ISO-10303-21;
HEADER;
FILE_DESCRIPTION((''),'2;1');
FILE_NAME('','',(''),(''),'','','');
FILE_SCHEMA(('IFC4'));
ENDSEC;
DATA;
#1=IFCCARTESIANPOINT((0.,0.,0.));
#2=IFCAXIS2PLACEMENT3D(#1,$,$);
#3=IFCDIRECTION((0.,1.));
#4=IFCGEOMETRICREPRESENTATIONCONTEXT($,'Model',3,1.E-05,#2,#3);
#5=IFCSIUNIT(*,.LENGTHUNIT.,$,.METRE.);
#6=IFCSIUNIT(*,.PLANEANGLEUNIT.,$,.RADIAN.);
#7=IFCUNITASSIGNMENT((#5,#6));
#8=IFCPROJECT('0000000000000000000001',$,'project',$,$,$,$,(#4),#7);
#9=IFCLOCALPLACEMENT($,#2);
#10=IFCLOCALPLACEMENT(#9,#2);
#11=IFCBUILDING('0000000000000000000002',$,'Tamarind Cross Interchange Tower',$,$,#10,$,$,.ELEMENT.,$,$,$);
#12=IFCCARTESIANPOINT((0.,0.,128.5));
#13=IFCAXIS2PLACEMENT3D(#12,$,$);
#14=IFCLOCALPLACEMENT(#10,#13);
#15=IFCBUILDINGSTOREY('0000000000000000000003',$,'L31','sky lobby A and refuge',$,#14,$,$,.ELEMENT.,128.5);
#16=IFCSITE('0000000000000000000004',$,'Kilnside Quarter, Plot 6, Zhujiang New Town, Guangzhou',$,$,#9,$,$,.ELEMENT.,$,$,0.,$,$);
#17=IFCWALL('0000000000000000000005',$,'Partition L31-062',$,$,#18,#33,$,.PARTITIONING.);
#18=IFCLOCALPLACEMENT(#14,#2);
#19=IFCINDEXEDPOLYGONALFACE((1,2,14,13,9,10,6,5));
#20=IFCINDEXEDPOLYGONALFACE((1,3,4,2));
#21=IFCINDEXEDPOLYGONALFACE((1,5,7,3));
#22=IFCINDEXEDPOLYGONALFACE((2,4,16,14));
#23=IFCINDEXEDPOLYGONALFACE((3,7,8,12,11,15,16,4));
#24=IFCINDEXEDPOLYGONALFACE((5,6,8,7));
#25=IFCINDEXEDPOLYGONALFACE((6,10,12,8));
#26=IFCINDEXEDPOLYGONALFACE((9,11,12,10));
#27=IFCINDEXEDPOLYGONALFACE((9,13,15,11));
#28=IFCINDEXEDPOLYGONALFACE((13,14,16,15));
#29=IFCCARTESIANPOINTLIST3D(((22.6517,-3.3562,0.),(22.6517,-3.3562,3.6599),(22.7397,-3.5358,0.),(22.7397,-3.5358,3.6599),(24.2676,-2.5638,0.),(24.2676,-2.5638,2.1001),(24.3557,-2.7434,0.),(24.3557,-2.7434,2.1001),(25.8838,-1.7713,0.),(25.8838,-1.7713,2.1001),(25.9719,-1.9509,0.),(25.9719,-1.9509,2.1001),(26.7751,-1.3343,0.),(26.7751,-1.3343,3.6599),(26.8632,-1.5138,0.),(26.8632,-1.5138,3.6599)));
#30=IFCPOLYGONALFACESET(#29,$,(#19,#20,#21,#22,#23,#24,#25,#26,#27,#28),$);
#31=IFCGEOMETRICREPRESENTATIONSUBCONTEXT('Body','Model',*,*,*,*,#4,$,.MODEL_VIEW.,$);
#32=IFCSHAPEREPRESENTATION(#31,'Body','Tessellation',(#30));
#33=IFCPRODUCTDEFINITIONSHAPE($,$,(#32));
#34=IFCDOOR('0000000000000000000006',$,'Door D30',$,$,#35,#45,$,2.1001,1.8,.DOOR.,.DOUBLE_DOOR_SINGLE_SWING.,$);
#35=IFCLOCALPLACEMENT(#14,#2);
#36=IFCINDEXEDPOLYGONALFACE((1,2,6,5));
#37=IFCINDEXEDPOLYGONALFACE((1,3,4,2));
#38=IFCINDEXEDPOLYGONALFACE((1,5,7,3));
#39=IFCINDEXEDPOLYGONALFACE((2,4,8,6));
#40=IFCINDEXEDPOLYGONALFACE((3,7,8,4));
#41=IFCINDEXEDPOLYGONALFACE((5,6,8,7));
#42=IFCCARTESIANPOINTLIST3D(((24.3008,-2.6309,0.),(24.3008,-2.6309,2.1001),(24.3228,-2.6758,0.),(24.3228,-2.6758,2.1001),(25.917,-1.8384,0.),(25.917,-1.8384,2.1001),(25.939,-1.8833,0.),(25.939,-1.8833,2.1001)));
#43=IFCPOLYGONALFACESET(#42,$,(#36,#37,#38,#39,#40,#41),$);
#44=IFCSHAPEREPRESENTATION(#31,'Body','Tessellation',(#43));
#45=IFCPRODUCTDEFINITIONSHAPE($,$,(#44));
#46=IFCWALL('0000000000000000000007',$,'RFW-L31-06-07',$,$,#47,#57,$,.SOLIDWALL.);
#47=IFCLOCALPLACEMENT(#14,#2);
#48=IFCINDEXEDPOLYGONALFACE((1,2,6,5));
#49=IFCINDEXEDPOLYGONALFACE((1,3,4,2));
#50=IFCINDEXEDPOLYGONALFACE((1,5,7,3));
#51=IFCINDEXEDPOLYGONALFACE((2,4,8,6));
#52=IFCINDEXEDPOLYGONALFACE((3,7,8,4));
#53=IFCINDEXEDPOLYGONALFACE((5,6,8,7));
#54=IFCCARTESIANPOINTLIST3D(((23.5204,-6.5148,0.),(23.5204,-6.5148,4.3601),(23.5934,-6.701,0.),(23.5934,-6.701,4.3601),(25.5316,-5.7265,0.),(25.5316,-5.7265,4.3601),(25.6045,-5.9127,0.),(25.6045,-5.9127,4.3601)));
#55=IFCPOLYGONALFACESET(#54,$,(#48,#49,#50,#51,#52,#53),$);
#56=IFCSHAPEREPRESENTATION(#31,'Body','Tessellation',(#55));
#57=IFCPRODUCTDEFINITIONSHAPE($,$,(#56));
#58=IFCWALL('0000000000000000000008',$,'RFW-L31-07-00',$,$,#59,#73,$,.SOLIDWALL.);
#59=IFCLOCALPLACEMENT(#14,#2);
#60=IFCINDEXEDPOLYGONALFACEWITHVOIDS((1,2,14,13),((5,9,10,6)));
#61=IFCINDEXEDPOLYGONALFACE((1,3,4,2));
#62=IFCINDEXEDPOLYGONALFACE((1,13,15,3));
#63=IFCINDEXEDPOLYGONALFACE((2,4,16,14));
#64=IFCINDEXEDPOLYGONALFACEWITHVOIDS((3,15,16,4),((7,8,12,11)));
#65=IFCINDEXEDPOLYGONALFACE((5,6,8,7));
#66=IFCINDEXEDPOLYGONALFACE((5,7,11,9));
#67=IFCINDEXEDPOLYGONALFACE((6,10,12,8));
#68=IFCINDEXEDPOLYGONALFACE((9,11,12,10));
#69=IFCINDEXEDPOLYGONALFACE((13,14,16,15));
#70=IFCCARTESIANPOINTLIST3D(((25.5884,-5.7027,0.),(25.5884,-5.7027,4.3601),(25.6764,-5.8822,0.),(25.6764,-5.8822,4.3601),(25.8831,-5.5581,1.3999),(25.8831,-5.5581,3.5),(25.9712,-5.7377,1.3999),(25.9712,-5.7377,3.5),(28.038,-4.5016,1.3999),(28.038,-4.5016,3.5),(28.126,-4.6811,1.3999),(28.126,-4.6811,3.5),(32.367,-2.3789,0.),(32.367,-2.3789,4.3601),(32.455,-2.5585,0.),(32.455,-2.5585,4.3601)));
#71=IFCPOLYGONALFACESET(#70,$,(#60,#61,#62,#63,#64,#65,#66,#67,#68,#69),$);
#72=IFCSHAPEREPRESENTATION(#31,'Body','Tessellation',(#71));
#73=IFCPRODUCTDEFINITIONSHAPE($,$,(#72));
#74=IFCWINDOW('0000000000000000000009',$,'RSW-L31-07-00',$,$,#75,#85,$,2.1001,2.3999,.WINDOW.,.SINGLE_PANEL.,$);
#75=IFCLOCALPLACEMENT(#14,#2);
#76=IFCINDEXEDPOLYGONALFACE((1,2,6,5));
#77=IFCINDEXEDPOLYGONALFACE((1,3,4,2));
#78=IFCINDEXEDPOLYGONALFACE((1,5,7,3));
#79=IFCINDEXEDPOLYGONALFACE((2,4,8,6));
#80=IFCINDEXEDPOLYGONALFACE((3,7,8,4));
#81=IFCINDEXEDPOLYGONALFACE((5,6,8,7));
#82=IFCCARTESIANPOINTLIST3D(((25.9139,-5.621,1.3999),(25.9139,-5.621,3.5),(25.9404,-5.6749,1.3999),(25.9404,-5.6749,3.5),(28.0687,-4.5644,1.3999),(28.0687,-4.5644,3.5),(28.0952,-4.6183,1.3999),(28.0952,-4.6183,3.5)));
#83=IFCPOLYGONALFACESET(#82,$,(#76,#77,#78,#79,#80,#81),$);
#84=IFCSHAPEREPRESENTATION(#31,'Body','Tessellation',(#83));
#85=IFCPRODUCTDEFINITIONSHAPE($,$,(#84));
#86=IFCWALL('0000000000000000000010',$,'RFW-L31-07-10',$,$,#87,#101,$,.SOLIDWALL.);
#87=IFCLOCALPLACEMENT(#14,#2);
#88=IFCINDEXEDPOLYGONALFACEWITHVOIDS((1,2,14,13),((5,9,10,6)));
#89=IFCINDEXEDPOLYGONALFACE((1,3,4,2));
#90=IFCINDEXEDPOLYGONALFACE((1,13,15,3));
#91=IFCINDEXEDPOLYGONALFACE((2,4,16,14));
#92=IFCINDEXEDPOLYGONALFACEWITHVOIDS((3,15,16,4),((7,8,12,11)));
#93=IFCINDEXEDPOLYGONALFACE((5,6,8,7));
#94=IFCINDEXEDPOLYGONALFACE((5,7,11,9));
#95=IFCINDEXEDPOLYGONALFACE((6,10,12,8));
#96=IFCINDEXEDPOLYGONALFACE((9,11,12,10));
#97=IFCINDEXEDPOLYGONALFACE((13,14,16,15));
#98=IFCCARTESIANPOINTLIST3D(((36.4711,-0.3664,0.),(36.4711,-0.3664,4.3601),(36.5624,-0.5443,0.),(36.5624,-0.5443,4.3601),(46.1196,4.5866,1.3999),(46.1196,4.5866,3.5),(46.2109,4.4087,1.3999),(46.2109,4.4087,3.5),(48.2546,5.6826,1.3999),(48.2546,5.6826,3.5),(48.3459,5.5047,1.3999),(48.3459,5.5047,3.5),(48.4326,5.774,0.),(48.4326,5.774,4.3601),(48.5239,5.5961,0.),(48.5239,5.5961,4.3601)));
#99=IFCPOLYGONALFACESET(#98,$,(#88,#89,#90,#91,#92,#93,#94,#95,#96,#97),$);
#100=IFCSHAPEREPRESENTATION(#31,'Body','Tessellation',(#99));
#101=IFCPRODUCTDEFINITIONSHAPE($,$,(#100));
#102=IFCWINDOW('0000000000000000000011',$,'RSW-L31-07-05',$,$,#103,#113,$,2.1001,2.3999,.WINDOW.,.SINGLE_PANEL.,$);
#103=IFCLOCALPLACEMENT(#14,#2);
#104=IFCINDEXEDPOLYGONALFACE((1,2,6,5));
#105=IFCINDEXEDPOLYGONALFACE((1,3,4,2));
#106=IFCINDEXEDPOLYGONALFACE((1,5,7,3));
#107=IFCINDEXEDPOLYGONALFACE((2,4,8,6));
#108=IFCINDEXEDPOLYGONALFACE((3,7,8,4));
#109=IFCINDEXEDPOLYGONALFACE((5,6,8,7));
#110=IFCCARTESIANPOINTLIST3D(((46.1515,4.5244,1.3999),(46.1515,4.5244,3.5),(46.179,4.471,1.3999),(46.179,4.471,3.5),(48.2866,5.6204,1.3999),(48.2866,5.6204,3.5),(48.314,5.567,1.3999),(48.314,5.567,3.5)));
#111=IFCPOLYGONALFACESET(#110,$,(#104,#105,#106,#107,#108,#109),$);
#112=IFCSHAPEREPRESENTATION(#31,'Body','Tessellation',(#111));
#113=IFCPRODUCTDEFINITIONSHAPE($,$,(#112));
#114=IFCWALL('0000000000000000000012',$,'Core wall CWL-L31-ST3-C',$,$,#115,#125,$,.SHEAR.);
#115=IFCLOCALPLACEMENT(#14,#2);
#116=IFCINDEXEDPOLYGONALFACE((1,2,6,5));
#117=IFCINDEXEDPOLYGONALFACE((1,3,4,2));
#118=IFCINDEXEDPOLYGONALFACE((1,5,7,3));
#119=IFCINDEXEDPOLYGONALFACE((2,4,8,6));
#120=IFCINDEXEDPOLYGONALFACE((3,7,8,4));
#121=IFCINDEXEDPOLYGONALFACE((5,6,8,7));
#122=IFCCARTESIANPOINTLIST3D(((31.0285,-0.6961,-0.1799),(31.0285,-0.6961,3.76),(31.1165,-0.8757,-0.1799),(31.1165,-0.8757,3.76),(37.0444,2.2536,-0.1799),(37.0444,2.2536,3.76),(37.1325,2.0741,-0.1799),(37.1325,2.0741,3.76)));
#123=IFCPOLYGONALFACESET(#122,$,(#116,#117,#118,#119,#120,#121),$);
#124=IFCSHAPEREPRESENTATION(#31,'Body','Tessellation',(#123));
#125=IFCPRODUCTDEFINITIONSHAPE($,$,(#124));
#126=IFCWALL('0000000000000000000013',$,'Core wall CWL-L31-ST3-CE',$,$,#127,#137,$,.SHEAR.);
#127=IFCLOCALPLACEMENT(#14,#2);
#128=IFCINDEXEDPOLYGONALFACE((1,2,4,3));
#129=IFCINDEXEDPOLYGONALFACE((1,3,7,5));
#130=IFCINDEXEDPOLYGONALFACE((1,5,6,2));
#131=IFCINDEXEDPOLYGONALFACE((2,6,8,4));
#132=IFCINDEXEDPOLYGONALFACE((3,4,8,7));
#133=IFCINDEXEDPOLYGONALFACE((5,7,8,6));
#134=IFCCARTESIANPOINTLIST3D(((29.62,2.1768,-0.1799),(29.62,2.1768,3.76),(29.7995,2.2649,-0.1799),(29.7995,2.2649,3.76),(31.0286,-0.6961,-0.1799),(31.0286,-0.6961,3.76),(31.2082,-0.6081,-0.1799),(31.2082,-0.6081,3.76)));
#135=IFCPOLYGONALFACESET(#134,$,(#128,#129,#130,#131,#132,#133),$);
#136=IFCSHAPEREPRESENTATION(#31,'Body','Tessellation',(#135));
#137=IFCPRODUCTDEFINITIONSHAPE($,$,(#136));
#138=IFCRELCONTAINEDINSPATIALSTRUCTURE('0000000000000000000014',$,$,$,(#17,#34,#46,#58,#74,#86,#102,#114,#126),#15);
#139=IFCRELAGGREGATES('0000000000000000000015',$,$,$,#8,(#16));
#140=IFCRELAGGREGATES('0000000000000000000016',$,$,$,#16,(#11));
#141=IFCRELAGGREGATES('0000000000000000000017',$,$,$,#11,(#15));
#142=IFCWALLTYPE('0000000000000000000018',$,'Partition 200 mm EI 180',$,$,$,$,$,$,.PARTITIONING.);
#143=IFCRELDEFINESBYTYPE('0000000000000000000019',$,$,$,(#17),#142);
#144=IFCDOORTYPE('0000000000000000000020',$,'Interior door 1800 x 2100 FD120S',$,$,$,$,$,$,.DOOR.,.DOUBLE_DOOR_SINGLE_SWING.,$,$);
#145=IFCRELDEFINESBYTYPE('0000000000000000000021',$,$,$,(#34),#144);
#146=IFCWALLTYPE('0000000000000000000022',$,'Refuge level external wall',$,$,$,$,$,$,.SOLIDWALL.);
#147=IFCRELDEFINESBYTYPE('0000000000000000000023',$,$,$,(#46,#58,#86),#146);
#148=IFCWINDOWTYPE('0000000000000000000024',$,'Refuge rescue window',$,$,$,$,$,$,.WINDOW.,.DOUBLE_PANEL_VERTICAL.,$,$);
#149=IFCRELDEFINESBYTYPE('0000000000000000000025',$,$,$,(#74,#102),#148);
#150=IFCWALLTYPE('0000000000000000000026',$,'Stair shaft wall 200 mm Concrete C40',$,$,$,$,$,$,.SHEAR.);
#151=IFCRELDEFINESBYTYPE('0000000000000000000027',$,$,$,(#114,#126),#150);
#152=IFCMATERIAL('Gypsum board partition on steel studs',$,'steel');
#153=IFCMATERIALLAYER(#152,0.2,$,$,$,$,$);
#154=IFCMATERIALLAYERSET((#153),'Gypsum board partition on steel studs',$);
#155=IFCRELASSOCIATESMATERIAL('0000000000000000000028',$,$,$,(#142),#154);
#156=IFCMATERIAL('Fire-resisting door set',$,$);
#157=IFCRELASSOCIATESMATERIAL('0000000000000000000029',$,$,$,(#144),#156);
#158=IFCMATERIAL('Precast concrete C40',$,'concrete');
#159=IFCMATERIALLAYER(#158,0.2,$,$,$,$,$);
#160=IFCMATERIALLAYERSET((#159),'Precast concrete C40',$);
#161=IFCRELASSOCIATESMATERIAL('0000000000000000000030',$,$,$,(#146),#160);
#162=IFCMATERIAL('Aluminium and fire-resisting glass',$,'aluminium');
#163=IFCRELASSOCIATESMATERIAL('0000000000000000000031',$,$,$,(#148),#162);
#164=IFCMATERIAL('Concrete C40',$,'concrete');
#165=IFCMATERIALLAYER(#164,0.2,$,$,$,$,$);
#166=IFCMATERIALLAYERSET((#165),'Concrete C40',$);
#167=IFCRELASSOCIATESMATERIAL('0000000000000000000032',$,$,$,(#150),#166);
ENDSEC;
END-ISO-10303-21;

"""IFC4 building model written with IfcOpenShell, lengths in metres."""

from ifc_helpers import new_model, si_unit, direction, frame, frame_2d, origin, place, context, subcontext, project, spatial, rectangle, extrude, material, layer, layer_set, type_object, element, fill, save


model = new_model("IFC4")

# Units and contexts
model_context = context("Model", 3, precision=1e-05, world=origin(), true_north=direction((0.0, 1.0)))
body_context = subcontext(model_context, "Body", "Model", "MODEL_VIEW")
ifc_project = project(units=[si_unit("LENGTHUNIT", "METRE"), si_unit("PLANEANGLEUNIT", "RADIAN")], contexts=[model_context])

# Site, building, storey
site_placement = place(None, origin())
site = spatial("IfcSite", under=ifc_project, at=site_placement, Name="Kilnside Quarter, Plot 6, Zhujiang New Town, Guangzhou", CompositionType="ELEMENT", RefElevation=0.0)
building_placement = place(site_placement, origin())
building = spatial("IfcBuilding", under=site, at=building_placement, Name="Tamarind Cross Interchange Tower", CompositionType="ELEMENT")
storey_placement = place(building_placement, frame((0.0, 0.0, 128.5)))
storey = spatial("IfcBuildingStorey", under=building, at=storey_placement, Name="L31", Description="sky lobby A and refuge", CompositionType="ELEMENT", Elevation=128.5)

# Wall, opening, door
ifc_material_1 = material(Name="Gypsum board partition on steel studs", Category="steel")
ifc_layer_1 = layer(ifc_material_1, 0.2)
ifc_layer_set_1 = layer_set([ifc_layer_1], Name="Gypsum board partition on steel studs")
wall_type_1 = type_object("IfcWallType", Name="Partition 200 mm EI 180", PredefinedType="PARTITIONING", material=ifc_layer_set_1)
wall_1_placement = place(storey_placement, frame((22.6956, -3.446, 0.0), z_axis=(0.0, 0.0, 1.0), x_axis=(0.897866, 0.440268, 0.0)))
wall_1 = element("IfcWall", 1, at=wall_1_placement, inside=storey, type_object=wall_type_1, Name="Partition L31-062", PredefinedType="PARTITIONING", context=body_context, shape_type="SweptSolid", body=[
    extrude(rectangle(XDim=4.5925, YDim=0.2, at=frame_2d((2.2964, 0.0))), origin(), (0.0, 0.0, 1.0), 3.6599),
])
opening_1_placement = place(wall_1_placement, frame((1.8, 0.0, 0.0)))
opening_1 = element("IfcOpeningElement", 2, at=opening_1_placement, cuts=wall_1, PredefinedType="OPENING", context=body_context, shape_type="SweptSolid", body=[
    extrude(rectangle(XDim=1.8, YDim=2.1001, at=frame_2d((0.8999, 1.05))), frame((0.0, 0.1099, 0.0), z_axis=(0.0, -1.0, 0.0), x_axis=(1.0, 0.0, 0.0)), (0.0, 0.0, 1.0), 0.22),
])
ifc_material_2 = material(Name="Fire-resisting door set")
door_type = type_object("IfcDoorType", Name="Interior door 1800 x 2100 FD120S", OperationType="DOUBLE_DOOR_SINGLE_SWING", PredefinedType="DOOR", material=ifc_material_2)
door_placement = place(opening_1_placement, frame((1.8, 0.0, 0.0), z_axis=(0.0, 0.0, 1.0), x_axis=(-1.0, 0.0, 0.0)))
door = element("IfcDoor", 3, at=door_placement, inside=storey, type_object=door_type, Name="Door D30", OperationType="DOUBLE_DOOR_SINGLE_SWING", OverallHeight=2.1001, OverallWidth=1.8, PredefinedType="DOOR", context=body_context, shape_type="SweptSolid", body=[
    extrude(rectangle(XDim=1.8, YDim=2.1001, at=frame_2d((0.8999, 1.05))), frame((0.0, 0.0249, 0.0), z_axis=(0.0, -1.0, 0.0), x_axis=(1.0, 0.0, 0.0)), (0.0, 0.0, 1.0), 0.05),
])
fill(opening_1, door)

# Wall
ifc_material_3 = material(Name="Precast concrete C40", Category="concrete")
ifc_layer_2 = layer(ifc_material_3, 0.2)
ifc_layer_set_2 = layer_set([ifc_layer_2], Name="Precast concrete C40")
wall_type_2 = type_object("IfcWallType", Name="Refuge level external wall", PredefinedType="SOLIDWALL", material=ifc_layer_set_2)
wall_2_placement = place(storey_placement, frame((23.5569, -6.6079, 0.0), z_axis=(0.0, 0.0, 1.0), x_axis=(0.931034, 0.364932, 0.0)))
element("IfcWall", 4, at=wall_2_placement, inside=storey, type_object=wall_type_2, Name="RFW-L31-06-07", PredefinedType="SOLIDWALL", context=body_context, shape_type="SweptSolid", body=[
    extrude(rectangle(XDim=2.1602, YDim=0.2, at=frame_2d((1.0801, 0.0))), origin(), (0.0, 0.0, 1.0), 4.3601),
])

# Walls, openings, windows
wall_3_placement = place(storey_placement, frame((25.6323, -5.7925, 0.0), z_axis=(0.0, 0.0, 1.0), x_axis=(0.897873, 0.440254, 0.0)))
wall_3 = element("IfcWall", 5, at=wall_3_placement, inside=storey, type_object=wall_type_2, Name="RFW-L31-07-00", PredefinedType="SOLIDWALL", context=body_context, shape_type="SweptSolid", body=[
    extrude(rectangle(XDim=7.5496, YDim=0.2, at=frame_2d((3.7749, 0.0))), origin(), (0.0, 0.0, 1.0), 4.3601),
])
opening_2_placement = place(wall_3_placement, frame((0.3284, 0.0, 1.3999)))
opening_2 = element("IfcOpeningElement", 6, at=opening_2_placement, cuts=wall_3, PredefinedType="OPENING", context=body_context, shape_type="SweptSolid", body=[
    extrude(rectangle(XDim=2.3999, YDim=2.1001, at=frame_2d((1.2, 1.05))), frame((0.0, 0.1099, 0.0), z_axis=(0.0, -1.0, 0.0), x_axis=(1.0, 0.0, 0.0)), (0.0, 0.0, 1.0), 0.22),
])
ifc_material_4 = material(Name="Aluminium and fire-resisting glass", Category="aluminium")
window_type = type_object("IfcWindowType", Name="Refuge rescue window", PartitioningType="DOUBLE_PANEL_VERTICAL", PredefinedType="WINDOW", material=ifc_material_4)
window_1_placement = place(opening_2_placement, origin())
window_1 = element("IfcWindow", 7, at=window_1_placement, inside=storey, type_object=window_type, Name="RSW-L31-07-00", OverallHeight=2.1001, OverallWidth=2.3999, PartitioningType="SINGLE_PANEL", PredefinedType="WINDOW", context=body_context, shape_type="SweptSolid", body=[
    extrude(rectangle(XDim=2.3999, YDim=2.1001, at=frame_2d((1.2, 1.05))), frame((0.0, 0.03, 0.0), z_axis=(0.0, -1.0, 0.0), x_axis=(1.0, 0.0, 0.0)), (0.0, 0.0, 1.0), 0.0601),
])
fill(opening_2, window_1)
wall_4_placement = place(storey_placement, frame((36.5168, -0.4553, 0.0), z_axis=(0.0, 0.0, 1.0), x_axis=(0.889627, 0.456689, 0.0)))
wall_4 = element("IfcWall", 8, at=wall_4_placement, inside=storey, type_object=wall_type_2, Name="RFW-L31-07-10", PredefinedType="SOLIDWALL", context=body_context, shape_type="SweptSolid", body=[
    extrude(rectangle(XDim=13.4456, YDim=0.2, at=frame_2d((6.7227, 0.0))), origin(), (0.0, 0.0, 1.0), 4.3601),
])
opening_3_placement = place(wall_4_placement, frame((10.8455, 0.0, 1.3999)))
opening_3 = element("IfcOpeningElement", 9, at=opening_3_placement, cuts=wall_4, PredefinedType="OPENING", context=body_context, shape_type="SweptSolid", body=[
    extrude(rectangle(XDim=2.3999, YDim=2.1001, at=frame_2d((1.2, 1.05))), frame((0.0, 0.1099, 0.0), z_axis=(0.0, -1.0, 0.0), x_axis=(1.0, 0.0, 0.0)), (0.0, 0.0, 1.0), 0.22),
])
window_2_placement = place(opening_3_placement, origin())
window_2 = element("IfcWindow", 10, at=window_2_placement, inside=storey, type_object=window_type, Name="RSW-L31-07-05", OverallHeight=2.1001, OverallWidth=2.3999, PartitioningType="SINGLE_PANEL", PredefinedType="WINDOW", context=body_context, shape_type="SweptSolid", body=[
    extrude(rectangle(XDim=2.3999, YDim=2.1001, at=frame_2d((1.2, 1.05))), frame((0.0, 0.03, 0.0), z_axis=(0.0, -1.0, 0.0), x_axis=(1.0, 0.0, 0.0)), (0.0, 0.0, 1.0), 0.0601),
])
fill(opening_3, window_2)

# Walls
ifc_material_5 = material(Name="Concrete C40", Category="concrete")
ifc_layer_3 = layer(ifc_material_5, 0.2)
ifc_layer_set_3 = layer_set([ifc_layer_3], Name="Concrete C40")
wall_type_3 = type_object("IfcWallType", Name="Stair shaft wall 200 mm Concrete C40", PredefinedType="SHEAR", material=ifc_layer_set_3)
wall_5_placement = place(storey_placement, frame((31.0725, -0.7859, -0.1799), z_axis=(0.0, 0.0, 1.0), x_axis=(0.897876, 0.440248, 0.0)))
element("IfcWall", 11, at=wall_5_placement, inside=storey, type_object=wall_type_3, Name="Core wall CWL-L31-ST3-C", PredefinedType="SHEAR", context=body_context, shape_type="SweptSolid", body=[
    extrude(rectangle(XDim=6.7002, YDim=0.2, at=frame_2d((3.3501, 0.0))), origin(), (0.0, 0.0, 1.0), 3.9399),
])
wall_6_placement = place(storey_placement, frame((31.1184, -0.6521, -0.1799), z_axis=(0.0, 0.0, 1.0), x_axis=(-0.440242, 0.897879, 0.0)))
element("IfcWall", 12, at=wall_6_placement, inside=storey, type_object=wall_type_3, Name="Core wall CWL-L31-ST3-CE", PredefinedType="SHEAR", context=body_context, shape_type="SweptSolid", body=[
    extrude(rectangle(XDim=3.1997, YDim=0.2, at=frame_2d((1.5999, 0.0))), origin(), (0.0, 0.0, 1.0), 3.9399),
])

save(model, "model.ifc")
